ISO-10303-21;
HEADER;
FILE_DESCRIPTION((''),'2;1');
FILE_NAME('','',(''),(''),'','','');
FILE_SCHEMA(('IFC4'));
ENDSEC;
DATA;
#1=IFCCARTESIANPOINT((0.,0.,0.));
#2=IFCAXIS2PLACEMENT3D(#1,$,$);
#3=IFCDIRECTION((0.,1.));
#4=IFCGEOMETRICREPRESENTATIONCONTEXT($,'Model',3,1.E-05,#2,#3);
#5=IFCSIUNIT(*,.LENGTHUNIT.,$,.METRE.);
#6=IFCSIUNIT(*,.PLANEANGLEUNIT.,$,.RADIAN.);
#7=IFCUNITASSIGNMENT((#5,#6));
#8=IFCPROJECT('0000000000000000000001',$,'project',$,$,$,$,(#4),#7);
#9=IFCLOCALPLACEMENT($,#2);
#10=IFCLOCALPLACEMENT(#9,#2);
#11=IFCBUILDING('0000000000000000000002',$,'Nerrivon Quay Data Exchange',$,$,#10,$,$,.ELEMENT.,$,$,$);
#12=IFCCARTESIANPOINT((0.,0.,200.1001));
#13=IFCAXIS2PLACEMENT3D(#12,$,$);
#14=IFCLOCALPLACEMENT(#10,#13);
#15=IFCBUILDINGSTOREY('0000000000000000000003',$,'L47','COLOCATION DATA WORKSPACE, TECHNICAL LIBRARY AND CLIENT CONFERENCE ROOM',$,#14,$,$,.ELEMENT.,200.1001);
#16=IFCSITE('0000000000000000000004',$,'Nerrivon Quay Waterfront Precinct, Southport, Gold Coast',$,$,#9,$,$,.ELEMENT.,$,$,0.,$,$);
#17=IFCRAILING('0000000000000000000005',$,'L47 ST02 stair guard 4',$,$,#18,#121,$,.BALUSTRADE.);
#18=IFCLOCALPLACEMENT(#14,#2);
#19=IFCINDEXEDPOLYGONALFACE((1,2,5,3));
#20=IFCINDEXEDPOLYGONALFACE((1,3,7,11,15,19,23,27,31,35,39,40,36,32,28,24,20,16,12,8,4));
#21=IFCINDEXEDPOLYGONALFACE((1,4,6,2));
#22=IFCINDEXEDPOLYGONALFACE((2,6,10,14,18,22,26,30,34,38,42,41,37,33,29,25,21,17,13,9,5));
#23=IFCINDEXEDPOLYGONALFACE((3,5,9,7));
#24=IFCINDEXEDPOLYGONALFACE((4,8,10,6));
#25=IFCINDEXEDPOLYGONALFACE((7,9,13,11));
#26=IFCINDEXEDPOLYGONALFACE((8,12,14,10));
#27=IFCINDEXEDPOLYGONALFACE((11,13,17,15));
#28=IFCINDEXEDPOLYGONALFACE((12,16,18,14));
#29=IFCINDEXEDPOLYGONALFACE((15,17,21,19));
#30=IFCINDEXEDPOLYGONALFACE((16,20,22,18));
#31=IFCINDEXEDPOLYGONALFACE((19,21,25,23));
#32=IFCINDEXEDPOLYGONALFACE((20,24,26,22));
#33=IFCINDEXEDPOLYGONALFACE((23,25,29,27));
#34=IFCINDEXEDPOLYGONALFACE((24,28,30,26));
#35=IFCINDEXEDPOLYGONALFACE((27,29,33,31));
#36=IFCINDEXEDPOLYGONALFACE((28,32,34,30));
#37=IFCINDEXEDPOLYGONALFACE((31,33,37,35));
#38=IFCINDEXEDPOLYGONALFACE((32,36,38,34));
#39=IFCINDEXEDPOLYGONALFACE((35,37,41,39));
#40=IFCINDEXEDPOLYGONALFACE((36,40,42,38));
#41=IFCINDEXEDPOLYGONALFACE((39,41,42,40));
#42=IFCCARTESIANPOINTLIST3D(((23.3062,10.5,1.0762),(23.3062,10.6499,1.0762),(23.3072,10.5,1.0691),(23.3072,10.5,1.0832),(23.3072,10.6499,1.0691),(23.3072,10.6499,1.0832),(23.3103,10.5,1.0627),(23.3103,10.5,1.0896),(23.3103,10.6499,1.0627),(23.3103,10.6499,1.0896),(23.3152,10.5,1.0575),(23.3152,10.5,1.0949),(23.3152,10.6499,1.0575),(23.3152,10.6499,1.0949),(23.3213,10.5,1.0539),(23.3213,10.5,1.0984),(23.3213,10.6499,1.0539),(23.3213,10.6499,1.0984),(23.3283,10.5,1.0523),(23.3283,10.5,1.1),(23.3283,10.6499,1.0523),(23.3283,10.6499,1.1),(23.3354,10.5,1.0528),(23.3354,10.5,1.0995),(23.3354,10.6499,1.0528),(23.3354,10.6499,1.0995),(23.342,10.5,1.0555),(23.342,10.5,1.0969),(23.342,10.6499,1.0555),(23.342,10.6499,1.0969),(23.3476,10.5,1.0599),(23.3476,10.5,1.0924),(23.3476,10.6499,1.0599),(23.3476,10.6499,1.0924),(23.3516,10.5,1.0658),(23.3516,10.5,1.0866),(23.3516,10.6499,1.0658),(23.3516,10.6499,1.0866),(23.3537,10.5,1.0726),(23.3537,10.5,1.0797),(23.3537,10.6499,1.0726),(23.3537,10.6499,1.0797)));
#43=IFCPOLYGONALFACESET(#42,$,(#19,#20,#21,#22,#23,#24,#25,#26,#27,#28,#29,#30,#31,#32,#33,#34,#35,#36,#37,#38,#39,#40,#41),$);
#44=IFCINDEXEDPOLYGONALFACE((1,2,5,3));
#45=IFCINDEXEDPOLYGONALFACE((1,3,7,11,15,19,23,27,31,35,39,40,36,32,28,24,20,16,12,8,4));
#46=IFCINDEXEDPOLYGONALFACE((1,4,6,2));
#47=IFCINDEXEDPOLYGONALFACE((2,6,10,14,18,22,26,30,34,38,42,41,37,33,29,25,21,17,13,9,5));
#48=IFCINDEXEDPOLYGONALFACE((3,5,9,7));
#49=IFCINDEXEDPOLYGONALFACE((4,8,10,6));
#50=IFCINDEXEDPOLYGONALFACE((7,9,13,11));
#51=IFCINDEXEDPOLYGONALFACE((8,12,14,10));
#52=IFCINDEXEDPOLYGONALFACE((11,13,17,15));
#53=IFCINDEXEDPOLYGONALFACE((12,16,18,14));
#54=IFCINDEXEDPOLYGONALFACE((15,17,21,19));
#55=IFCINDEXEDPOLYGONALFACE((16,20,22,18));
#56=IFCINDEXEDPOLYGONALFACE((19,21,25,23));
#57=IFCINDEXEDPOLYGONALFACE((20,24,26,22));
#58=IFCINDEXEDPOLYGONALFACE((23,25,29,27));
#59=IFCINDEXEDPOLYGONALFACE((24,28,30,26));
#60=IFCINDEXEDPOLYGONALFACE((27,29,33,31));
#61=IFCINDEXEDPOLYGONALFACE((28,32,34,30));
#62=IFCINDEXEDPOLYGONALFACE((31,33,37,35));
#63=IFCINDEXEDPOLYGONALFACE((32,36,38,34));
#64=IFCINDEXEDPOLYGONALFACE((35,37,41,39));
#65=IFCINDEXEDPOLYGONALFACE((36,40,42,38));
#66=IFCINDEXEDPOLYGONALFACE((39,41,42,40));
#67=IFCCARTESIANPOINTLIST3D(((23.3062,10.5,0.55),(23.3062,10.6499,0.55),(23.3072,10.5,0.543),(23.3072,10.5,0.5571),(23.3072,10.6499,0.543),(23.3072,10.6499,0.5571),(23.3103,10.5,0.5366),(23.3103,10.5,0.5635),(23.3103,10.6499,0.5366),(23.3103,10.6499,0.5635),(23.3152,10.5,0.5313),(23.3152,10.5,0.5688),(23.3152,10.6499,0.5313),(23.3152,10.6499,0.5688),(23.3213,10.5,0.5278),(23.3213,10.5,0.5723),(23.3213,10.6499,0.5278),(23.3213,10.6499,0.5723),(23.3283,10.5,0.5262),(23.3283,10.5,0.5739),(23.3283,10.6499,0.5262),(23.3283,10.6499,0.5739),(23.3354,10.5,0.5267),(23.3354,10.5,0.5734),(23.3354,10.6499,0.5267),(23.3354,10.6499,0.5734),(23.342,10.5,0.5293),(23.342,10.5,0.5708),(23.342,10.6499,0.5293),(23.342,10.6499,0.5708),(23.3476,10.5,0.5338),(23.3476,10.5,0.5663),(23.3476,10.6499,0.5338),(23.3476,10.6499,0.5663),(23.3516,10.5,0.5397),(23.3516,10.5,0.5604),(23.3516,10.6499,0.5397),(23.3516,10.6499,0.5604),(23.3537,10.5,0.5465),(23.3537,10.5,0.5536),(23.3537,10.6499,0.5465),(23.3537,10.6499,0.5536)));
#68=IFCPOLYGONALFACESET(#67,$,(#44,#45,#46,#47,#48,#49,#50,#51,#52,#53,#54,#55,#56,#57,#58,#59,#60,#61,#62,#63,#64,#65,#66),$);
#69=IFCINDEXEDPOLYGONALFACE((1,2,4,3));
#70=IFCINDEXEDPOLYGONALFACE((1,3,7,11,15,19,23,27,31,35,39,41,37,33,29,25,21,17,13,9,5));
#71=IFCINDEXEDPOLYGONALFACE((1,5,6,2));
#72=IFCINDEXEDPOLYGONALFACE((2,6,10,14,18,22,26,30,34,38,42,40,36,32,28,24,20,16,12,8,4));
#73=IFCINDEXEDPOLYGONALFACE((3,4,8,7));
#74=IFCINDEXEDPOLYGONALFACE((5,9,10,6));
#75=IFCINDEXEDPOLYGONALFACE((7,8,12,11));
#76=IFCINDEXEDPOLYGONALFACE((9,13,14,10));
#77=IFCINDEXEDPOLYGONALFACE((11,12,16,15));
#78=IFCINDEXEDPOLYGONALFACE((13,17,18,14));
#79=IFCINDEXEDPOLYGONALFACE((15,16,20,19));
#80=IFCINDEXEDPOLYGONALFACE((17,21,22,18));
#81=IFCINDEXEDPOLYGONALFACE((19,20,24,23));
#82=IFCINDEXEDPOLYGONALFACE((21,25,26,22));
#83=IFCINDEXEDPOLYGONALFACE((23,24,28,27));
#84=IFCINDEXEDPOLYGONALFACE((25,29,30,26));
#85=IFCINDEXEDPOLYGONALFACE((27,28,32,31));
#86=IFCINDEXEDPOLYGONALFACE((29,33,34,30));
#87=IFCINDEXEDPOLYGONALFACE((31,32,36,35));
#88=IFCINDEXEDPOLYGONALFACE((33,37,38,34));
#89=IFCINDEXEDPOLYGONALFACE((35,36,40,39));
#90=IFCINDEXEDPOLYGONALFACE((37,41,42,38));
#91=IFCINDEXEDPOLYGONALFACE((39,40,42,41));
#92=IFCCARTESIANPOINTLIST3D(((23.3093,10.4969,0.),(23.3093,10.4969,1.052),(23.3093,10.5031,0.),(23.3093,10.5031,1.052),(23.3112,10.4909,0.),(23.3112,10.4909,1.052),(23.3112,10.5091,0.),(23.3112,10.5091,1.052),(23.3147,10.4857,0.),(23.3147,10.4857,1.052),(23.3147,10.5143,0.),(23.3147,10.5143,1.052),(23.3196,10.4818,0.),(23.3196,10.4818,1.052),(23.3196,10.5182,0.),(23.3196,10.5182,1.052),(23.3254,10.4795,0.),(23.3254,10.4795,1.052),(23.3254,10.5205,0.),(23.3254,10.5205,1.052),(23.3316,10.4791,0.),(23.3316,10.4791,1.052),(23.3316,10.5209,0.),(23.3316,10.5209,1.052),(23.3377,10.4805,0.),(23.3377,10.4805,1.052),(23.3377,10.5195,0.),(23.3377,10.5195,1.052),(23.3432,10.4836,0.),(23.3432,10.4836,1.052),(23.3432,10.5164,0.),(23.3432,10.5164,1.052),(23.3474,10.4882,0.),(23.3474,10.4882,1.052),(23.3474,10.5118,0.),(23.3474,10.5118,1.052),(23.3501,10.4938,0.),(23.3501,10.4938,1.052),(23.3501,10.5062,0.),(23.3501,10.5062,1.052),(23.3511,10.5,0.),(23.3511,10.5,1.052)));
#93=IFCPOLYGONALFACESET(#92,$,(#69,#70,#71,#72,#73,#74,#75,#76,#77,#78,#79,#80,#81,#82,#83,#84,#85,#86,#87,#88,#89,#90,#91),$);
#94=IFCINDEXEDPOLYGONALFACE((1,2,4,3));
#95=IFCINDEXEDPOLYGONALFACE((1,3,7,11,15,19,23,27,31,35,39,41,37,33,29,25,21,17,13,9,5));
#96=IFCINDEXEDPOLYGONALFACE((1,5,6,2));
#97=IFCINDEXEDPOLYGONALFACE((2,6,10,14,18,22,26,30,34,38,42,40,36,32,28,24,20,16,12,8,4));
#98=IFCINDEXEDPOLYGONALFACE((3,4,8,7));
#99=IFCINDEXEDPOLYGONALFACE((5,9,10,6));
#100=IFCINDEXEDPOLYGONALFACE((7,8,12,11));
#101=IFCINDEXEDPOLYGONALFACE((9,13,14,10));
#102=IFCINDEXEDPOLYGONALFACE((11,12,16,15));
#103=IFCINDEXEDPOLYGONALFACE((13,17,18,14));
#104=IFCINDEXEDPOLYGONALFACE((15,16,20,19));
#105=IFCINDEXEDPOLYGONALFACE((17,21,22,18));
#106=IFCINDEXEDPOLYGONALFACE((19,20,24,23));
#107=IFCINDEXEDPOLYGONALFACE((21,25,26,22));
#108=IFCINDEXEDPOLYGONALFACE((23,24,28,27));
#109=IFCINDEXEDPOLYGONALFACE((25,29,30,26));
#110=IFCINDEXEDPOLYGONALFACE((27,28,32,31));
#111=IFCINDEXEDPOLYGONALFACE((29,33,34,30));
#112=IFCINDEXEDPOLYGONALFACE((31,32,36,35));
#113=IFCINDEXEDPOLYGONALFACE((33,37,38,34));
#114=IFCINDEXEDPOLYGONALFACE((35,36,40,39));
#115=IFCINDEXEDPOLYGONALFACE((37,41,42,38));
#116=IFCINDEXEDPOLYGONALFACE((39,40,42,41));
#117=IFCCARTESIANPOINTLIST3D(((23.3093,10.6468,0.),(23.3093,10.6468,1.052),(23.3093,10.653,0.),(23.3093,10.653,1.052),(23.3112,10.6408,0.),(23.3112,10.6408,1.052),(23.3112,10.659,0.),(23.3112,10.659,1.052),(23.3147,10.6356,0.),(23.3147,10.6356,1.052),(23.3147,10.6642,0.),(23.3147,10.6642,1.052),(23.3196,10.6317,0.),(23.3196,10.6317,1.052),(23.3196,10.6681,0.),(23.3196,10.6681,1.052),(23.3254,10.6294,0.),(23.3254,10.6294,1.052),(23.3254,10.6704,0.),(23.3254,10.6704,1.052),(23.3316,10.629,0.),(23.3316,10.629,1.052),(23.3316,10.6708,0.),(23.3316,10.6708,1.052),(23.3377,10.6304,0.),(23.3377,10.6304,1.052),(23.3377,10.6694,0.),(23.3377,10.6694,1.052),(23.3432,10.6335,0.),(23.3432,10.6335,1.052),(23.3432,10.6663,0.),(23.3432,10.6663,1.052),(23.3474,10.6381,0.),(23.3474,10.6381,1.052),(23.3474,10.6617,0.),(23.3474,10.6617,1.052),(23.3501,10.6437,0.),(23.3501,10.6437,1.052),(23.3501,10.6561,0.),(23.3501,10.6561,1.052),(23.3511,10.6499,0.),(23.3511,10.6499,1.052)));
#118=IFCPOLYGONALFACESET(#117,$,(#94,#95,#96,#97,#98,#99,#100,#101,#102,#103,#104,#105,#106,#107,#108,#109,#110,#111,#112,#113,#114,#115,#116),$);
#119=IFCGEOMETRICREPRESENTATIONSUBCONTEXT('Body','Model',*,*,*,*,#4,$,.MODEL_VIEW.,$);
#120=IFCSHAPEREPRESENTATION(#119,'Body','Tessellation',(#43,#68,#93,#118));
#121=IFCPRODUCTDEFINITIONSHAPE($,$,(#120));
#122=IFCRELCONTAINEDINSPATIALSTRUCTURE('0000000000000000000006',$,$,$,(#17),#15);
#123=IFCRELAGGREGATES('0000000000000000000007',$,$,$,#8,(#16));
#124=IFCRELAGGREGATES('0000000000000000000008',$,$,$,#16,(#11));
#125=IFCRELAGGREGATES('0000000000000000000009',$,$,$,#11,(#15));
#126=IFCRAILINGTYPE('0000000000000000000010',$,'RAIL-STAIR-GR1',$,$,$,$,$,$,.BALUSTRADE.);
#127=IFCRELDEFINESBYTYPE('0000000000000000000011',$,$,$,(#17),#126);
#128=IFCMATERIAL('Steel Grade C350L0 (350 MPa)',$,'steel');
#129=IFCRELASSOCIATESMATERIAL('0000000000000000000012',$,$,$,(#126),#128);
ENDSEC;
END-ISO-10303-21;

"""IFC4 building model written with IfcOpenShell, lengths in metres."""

from ifc_helpers import new_model, si_unit, direction, frame, origin, origin_2d, place, context, subcontext, project, spatial, circle, extrude, material, type_object, element, save


model = new_model("IFC4")

# Units and contexts
model_context = context("Model", 3, precision=1e-05, world=origin(), true_north=direction((0.0, 1.0)))
body_context = subcontext(model_context, "Body", "Model", "MODEL_VIEW")
ifc_project = project(units=[si_unit("LENGTHUNIT", "METRE"), si_unit("PLANEANGLEUNIT", "RADIAN")], contexts=[model_context])

# Site, building, storey
site_placement = place(None, origin())
site = spatial("IfcSite", under=ifc_project, at=site_placement, Name="Nerrivon Quay Waterfront Precinct, Southport, Gold Coast", CompositionType="ELEMENT", RefElevation=0.0)
building_placement = place(site_placement, origin())
building = spatial("IfcBuilding", under=site, at=building_placement, Name="Nerrivon Quay Data Exchange", CompositionType="ELEMENT")
storey_placement = place(building_placement, frame((0.0, 0.0, 200.1001)))
storey = spatial("IfcBuildingStorey", under=building, at=storey_placement, Name="L47", Description="COLOCATION DATA WORKSPACE, TECHNICAL LIBRARY AND CLIENT CONFERENCE ROOM", CompositionType="ELEMENT", Elevation=200.1001)

# Railing
ifc_material_1 = material(Name="Steel Grade C350L0 (350 MPa)", Category="steel")
railing_type_1 = type_object("IfcRailingType", Name="RAIL-STAIR-GR1", PredefinedType="BALUSTRADE", material=ifc_material_1)
railing_1_placement = place(storey_placement, frame((23.3301, 10.5, 0.0)))
element("IfcRailing", 1, at=railing_1_placement, inside=storey, type_object=railing_type_1, Name="L47 ST02 stair guard 4", PredefinedType="BALUSTRADE", context=body_context, shape_type="SweptSolid", body=[
    extrude(circle(Radius=0.0239, at=origin_2d()), frame((0.0, 0.0, 1.0762), z_axis=(0.0, 1.0, 0.0), x_axis=(-1.0, 0.0, 0.0)), (0.0, 0.0, 1.0), 0.1499),
    extrude(circle(Radius=0.0239, at=origin_2d()), frame((0.0, 0.0, 0.55), z_axis=(0.0, 1.0, 0.0), x_axis=(-1.0, 0.0, 0.0)), (0.0, 0.0, 1.0), 0.1499),
    extrude(circle(Radius=0.021, at=origin_2d()), origin(), (0.0, 0.0, 1.0), 1.052),
    extrude(circle(Radius=0.021, at=origin_2d()), frame((0.0, 0.1499, 0.0)), (0.0, 0.0, 1.0), 1.052),
])

save(model, "model.ifc")
